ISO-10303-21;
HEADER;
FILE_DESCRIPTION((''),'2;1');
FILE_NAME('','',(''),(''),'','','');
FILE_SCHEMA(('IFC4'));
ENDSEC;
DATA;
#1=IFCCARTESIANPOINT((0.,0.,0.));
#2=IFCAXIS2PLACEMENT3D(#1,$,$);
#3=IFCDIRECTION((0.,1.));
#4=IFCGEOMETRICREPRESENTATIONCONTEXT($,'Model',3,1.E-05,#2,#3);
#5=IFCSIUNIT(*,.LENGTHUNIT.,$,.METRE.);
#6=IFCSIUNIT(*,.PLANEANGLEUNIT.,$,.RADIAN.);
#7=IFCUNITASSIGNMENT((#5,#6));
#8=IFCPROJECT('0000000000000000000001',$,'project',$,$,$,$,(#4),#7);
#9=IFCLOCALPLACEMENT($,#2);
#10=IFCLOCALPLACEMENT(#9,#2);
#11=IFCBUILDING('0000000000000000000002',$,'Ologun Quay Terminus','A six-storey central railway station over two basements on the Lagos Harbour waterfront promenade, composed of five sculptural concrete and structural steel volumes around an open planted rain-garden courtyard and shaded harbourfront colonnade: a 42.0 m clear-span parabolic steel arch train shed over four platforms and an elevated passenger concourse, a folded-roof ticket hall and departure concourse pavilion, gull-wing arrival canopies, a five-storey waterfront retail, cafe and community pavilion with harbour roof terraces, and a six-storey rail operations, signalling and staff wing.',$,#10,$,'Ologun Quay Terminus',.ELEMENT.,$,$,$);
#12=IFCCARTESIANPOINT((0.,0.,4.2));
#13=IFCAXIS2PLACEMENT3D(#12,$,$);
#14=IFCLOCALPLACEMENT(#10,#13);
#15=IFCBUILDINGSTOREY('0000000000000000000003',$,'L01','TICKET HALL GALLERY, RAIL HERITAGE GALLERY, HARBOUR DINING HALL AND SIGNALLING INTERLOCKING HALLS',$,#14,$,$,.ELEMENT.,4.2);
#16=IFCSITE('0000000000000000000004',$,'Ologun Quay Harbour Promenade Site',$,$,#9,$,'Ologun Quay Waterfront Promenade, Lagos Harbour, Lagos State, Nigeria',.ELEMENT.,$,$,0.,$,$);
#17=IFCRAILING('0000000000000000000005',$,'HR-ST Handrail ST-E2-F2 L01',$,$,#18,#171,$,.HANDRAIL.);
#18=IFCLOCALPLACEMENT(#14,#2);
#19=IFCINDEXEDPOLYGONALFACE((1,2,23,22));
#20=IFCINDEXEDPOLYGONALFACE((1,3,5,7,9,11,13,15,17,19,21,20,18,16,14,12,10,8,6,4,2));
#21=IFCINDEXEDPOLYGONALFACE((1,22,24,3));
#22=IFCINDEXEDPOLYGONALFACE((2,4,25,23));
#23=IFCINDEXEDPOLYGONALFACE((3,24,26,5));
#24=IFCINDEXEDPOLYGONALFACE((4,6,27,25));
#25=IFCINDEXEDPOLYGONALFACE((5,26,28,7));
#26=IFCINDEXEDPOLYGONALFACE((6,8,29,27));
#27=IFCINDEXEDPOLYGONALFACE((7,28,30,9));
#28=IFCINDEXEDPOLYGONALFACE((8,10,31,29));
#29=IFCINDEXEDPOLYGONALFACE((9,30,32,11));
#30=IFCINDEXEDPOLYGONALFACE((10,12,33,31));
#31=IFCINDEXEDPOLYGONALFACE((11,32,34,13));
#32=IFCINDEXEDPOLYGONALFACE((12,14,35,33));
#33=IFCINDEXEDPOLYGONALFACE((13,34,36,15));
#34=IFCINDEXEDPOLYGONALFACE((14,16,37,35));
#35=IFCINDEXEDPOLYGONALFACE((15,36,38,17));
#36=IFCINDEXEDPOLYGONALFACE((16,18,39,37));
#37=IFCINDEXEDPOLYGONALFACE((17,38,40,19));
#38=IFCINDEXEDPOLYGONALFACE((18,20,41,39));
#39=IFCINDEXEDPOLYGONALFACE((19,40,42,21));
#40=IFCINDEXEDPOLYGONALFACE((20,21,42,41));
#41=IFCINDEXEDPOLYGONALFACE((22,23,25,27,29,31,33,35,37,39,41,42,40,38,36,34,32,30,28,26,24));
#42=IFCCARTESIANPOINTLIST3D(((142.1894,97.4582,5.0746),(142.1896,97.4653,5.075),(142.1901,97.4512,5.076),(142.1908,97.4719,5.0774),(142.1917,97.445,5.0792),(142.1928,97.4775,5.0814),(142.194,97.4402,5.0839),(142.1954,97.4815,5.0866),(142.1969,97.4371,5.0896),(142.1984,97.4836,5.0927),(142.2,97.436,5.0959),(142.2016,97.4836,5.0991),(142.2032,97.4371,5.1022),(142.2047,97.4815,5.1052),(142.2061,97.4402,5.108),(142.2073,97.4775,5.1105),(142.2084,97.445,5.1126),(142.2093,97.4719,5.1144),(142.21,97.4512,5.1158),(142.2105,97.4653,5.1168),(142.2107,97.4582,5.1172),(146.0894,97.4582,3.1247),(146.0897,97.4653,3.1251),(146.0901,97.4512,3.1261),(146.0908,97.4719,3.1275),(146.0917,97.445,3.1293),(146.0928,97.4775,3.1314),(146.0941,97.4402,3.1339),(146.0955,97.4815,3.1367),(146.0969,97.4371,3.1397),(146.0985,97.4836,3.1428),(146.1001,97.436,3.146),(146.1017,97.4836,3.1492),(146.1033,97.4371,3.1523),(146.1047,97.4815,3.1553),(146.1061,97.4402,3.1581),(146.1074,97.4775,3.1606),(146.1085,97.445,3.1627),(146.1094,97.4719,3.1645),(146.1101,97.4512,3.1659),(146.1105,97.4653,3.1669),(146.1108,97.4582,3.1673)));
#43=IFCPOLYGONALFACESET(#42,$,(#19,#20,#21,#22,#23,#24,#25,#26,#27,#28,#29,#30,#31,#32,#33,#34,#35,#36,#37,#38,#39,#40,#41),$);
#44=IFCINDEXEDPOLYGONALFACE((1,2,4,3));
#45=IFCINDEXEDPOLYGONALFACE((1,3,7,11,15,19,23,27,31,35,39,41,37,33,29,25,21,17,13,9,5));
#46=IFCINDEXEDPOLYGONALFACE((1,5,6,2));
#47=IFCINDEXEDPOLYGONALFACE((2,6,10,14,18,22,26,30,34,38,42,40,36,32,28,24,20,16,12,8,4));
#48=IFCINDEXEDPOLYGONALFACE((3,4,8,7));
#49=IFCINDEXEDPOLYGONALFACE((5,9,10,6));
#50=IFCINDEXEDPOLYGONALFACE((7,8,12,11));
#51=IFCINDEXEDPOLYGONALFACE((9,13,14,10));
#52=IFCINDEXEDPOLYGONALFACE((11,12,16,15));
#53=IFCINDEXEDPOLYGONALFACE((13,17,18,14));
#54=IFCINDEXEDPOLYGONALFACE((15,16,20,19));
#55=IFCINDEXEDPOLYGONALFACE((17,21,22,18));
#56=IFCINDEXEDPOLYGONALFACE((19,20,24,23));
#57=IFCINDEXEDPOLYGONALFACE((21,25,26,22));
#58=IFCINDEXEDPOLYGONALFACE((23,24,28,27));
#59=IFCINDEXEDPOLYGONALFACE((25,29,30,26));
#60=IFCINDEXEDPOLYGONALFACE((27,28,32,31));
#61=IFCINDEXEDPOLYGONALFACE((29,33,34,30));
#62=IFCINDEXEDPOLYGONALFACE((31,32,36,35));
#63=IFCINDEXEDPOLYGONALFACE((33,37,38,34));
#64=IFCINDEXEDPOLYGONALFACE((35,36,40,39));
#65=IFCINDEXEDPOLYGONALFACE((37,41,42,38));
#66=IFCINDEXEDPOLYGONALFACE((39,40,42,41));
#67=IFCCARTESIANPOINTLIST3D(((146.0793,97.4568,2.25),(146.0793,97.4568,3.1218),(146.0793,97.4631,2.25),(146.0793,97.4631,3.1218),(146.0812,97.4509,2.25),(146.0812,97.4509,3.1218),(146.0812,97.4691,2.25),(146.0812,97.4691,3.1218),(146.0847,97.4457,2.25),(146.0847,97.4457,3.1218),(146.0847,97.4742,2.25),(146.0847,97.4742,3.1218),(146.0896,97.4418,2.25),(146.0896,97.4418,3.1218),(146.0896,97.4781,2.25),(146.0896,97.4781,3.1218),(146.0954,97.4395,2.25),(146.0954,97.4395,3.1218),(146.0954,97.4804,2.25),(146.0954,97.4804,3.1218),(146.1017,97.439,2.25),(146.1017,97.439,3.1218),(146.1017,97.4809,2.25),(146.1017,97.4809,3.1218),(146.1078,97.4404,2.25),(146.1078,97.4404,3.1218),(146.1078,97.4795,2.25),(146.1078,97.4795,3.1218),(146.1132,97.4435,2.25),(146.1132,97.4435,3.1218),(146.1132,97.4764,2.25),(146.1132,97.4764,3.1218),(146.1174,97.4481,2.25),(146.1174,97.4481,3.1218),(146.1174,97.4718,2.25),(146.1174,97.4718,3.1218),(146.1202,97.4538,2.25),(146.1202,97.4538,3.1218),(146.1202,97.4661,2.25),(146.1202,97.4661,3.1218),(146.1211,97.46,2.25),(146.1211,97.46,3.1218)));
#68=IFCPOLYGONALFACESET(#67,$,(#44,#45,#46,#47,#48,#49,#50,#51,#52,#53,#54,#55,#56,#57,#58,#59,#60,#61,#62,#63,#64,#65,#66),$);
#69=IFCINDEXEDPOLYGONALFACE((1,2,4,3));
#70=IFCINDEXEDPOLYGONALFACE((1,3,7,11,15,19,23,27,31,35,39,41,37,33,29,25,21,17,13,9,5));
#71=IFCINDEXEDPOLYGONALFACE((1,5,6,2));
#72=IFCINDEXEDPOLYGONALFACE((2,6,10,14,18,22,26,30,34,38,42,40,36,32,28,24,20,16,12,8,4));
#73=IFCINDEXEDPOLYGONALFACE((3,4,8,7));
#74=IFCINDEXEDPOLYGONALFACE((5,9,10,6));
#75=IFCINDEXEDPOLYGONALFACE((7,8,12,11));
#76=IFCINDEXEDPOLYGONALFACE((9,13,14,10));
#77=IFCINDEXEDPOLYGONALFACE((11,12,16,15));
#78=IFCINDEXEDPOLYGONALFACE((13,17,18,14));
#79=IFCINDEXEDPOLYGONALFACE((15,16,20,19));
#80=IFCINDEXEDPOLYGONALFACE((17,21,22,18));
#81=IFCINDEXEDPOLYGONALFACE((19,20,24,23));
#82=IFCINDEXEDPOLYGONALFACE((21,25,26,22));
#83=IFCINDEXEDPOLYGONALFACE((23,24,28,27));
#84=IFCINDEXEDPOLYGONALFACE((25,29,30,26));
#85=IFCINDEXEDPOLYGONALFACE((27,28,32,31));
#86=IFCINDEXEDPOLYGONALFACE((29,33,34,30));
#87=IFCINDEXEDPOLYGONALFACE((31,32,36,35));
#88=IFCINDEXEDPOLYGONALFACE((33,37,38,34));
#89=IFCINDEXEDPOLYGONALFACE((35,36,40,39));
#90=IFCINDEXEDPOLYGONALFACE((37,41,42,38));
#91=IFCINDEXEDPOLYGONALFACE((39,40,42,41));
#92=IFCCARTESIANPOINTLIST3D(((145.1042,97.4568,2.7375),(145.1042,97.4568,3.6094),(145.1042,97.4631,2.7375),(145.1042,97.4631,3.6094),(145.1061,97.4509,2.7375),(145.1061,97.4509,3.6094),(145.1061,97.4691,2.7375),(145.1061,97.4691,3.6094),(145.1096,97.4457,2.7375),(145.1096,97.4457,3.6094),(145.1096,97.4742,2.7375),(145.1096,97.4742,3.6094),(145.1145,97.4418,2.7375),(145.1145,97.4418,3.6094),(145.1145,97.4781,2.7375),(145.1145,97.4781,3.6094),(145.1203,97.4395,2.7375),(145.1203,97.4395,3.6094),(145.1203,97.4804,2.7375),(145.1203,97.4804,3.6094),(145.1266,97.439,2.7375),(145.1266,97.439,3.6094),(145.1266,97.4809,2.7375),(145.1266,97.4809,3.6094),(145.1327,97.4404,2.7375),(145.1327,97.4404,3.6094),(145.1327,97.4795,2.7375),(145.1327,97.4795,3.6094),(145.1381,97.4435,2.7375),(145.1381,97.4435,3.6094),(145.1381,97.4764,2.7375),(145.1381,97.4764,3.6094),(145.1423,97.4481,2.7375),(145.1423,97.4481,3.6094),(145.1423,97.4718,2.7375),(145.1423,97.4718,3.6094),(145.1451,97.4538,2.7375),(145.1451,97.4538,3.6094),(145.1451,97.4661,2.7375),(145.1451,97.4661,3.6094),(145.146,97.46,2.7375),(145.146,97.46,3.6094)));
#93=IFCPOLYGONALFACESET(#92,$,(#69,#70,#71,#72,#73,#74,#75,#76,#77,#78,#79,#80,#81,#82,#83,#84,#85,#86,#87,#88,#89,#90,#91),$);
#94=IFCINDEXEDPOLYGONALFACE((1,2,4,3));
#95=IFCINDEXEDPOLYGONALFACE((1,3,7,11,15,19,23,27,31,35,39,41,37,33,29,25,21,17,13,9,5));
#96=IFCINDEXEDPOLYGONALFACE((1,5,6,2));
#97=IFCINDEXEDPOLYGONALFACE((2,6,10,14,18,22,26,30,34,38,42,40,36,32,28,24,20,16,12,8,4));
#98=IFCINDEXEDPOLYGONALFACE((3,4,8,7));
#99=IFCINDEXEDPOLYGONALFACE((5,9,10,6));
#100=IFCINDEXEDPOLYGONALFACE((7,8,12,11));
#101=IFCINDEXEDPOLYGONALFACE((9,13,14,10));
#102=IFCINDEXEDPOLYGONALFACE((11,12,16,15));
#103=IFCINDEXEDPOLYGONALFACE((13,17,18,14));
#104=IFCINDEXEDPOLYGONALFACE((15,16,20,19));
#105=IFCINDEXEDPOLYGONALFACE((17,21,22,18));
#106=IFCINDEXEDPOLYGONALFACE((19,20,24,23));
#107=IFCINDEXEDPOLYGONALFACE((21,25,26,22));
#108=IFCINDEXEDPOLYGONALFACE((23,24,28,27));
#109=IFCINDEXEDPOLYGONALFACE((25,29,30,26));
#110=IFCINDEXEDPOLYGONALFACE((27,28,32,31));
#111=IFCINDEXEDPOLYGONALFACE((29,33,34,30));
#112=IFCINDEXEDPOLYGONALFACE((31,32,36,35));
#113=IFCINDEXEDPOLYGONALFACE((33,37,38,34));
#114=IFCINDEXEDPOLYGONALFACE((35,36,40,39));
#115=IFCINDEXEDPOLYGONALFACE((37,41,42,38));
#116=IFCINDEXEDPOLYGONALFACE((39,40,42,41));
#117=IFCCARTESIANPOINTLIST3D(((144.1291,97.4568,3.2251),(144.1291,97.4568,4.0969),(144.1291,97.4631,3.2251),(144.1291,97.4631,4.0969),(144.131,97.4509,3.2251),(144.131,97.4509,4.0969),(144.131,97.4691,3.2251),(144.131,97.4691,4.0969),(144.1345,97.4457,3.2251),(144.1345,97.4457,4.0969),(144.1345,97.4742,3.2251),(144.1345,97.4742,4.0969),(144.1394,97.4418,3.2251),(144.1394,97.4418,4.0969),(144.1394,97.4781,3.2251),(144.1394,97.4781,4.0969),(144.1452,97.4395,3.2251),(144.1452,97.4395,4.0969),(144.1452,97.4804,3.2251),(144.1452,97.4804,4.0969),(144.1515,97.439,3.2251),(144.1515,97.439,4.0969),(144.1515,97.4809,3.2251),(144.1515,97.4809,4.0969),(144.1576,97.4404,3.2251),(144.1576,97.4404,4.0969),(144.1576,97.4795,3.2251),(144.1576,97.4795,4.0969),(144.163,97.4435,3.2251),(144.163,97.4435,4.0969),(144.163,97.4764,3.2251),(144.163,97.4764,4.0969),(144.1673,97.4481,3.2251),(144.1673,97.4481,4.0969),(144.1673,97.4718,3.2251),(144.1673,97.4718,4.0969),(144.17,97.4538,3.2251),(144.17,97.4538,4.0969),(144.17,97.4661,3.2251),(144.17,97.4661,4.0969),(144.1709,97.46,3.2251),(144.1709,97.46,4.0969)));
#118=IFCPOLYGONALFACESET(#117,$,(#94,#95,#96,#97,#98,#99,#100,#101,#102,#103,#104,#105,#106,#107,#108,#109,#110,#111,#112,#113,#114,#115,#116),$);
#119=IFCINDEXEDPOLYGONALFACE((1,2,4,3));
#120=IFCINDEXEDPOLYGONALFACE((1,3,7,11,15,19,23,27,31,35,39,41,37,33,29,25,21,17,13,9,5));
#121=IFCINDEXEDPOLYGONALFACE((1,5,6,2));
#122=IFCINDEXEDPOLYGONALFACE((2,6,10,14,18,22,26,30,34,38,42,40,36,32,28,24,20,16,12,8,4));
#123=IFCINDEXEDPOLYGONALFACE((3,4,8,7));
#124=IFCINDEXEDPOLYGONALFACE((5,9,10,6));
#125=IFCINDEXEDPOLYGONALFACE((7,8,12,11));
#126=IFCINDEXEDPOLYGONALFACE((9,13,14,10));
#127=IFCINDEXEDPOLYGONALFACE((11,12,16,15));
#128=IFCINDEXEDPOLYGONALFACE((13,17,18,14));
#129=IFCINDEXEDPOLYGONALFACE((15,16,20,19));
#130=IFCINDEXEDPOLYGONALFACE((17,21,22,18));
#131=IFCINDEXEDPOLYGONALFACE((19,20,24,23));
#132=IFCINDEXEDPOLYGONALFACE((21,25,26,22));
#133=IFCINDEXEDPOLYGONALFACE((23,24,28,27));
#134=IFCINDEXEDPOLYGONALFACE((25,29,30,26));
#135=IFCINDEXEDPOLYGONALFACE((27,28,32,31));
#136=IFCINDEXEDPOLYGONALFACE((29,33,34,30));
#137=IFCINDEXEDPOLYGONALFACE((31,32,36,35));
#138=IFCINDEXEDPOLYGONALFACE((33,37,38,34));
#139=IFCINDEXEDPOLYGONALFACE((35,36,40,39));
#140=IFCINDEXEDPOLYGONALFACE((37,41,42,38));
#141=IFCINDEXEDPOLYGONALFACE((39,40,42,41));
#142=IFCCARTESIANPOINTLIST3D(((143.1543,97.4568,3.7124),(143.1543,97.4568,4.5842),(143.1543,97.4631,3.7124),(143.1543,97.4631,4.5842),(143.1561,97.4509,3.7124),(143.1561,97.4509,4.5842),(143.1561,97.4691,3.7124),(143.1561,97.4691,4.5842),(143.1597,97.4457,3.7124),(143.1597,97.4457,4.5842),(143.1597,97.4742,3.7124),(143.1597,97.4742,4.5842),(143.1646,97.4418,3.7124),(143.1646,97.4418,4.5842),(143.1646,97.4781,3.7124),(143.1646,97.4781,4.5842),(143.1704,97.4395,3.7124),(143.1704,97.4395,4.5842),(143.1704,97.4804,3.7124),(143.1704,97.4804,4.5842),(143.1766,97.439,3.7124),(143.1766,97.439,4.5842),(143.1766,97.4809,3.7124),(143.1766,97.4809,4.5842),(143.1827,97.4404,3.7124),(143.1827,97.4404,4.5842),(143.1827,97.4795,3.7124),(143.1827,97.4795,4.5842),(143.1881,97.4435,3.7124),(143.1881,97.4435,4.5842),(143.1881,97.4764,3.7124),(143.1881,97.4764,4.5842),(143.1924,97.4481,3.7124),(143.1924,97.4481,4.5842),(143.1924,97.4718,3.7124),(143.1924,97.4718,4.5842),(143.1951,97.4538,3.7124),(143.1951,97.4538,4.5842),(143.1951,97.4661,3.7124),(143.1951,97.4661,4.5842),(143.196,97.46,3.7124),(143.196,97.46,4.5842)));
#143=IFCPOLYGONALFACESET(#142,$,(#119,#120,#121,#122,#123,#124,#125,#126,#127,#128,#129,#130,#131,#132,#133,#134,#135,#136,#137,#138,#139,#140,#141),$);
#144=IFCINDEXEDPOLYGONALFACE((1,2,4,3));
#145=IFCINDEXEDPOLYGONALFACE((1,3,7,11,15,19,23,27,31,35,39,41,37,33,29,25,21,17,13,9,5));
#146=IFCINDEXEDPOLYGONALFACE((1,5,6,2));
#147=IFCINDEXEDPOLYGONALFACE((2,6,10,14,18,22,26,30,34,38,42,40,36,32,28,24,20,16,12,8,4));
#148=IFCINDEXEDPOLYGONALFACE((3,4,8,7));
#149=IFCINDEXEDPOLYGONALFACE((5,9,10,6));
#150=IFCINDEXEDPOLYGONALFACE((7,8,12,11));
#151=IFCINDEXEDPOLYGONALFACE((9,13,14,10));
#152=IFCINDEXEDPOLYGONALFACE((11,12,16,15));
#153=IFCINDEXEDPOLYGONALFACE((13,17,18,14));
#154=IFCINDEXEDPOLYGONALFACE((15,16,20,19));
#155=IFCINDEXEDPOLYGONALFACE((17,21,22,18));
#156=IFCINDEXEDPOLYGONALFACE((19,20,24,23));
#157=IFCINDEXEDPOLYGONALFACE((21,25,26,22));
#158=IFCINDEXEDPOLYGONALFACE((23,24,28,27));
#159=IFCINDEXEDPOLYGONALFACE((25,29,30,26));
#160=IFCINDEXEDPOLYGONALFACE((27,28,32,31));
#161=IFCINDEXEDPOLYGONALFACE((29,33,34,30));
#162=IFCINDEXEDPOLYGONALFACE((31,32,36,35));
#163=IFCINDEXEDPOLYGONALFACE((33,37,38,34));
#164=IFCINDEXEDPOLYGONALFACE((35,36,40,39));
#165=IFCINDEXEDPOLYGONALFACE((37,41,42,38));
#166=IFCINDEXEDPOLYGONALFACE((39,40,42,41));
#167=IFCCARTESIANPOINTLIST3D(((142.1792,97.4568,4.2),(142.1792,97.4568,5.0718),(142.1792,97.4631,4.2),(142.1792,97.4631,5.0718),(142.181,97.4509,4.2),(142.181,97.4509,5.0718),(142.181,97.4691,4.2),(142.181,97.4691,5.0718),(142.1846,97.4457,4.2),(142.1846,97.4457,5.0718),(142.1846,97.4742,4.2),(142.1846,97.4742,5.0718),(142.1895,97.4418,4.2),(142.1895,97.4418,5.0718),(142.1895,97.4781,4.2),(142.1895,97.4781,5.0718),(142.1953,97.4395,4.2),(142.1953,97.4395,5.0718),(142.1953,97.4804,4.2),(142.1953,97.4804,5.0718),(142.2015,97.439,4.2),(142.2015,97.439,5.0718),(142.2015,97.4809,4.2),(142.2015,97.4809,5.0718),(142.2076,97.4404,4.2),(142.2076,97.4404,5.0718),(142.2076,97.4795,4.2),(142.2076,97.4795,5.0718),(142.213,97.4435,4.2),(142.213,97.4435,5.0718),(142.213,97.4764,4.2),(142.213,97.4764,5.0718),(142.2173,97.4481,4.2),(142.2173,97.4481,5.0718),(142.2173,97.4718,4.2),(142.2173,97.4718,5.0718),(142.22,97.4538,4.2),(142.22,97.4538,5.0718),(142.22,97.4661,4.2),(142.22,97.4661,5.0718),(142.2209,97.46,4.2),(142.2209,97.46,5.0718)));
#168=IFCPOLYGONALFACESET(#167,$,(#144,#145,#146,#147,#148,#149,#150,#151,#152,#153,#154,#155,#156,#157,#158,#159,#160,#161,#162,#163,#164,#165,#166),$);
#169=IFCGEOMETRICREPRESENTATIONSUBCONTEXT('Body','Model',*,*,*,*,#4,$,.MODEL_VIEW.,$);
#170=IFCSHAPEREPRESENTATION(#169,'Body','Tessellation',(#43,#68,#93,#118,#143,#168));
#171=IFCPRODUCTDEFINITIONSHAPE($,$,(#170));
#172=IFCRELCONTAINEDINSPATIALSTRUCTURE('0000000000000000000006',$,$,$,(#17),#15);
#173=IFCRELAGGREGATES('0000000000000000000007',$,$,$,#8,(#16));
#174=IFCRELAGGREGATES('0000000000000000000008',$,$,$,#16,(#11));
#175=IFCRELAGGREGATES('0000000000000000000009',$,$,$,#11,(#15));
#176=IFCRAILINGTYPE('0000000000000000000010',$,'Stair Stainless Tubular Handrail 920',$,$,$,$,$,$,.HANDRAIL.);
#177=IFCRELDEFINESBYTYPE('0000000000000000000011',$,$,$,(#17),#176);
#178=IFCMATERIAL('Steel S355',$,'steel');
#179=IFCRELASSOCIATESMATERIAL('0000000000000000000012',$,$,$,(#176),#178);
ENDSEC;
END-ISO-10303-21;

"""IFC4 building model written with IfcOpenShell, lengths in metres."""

from ifc_helpers import new_model, si_unit, direction, frame, origin, origin_2d, place, context, subcontext, project, spatial, circle, extrude, material, type_object, element, save


model = new_model("IFC4")

# Units and contexts
model_context = context("Model", 3, precision=1e-05, world=origin(), true_north=direction((0.0, 1.0)))
body_context = subcontext(model_context, "Body", "Model", "MODEL_VIEW")
ifc_project = project(units=[si_unit("LENGTHUNIT", "METRE"), si_unit("PLANEANGLEUNIT", "RADIAN")], contexts=[model_context])

# Site, building, storey
site_placement = place(None, origin())
site = spatial("IfcSite", under=ifc_project, at=site_placement, Name="Ologun Quay Harbour Promenade Site", LongName="Ologun Quay Waterfront Promenade, Lagos Harbour, Lagos State, Nigeria", CompositionType="ELEMENT", RefElevation=0.0)
building_placement = place(site_placement, origin())
building = spatial("IfcBuilding", under=site, at=building_placement, Name="Ologun Quay Terminus", Description="A six-storey central railway station over two basements on the Lagos Harbour waterfront promenade, composed of five sculptural concrete and structural steel volumes around an open planted rain-garden courtyard and shaded harbourfront colonnade: a 42.0 m clear-span parabolic steel arch train shed over four platforms and an elevated passenger concourse, a folded-roof ticket hall and departure concourse pavilion, gull-wing arrival canopies, a five-storey waterfront retail, cafe and community pavilion with harbour roof terraces, and a six-storey rail operations, signalling and staff wing.", LongName="Ologun Quay Terminus", CompositionType="ELEMENT")
storey_placement = place(building_placement, frame((0.0, 0.0, 4.2)))
storey = spatial("IfcBuildingStorey", under=building, at=storey_placement, Name="L01", Description="TICKET HALL GALLERY, RAIL HERITAGE GALLERY, HARBOUR DINING HALL AND SIGNALLING INTERLOCKING HALLS", CompositionType="ELEMENT", Elevation=4.2)

# Railing
ifc_material_1 = material(Name="Steel S355", Category="steel")
railing_type_1 = type_object("IfcRailingType", Name="Stair Stainless Tubular Handrail 920", PredefinedType="HANDRAIL", material=ifc_material_1)
railing_1_placement = place(storey_placement, frame((146.1001, 97.46, 2.25)))
element("IfcRailing", 1, at=railing_1_placement, inside=storey, type_object=railing_type_1, Name="HR-ST Handrail ST-E2-F2 L01", PredefinedType="HANDRAIL", context=body_context, shape_type="SweptSolid", body=[
    extrude(circle(Radius=0.0239, at=origin_2d()), frame((0.0, 0.0, 0.896), z_axis=(-0.894438, 0.0, 0.447191), x_axis=(0.0, -1.0, 0.0)), (0.0, 0.0, 1.0), 4.3604),
    extrude(circle(Radius=0.021, at=origin_2d()), origin(), (0.0, 0.0, 1.0), 0.8718),
    extrude(circle(Radius=0.021, at=origin_2d()), frame((-0.9751, 0.0, 0.4875)), (0.0, 0.0, 1.0), 0.8718),
    extrude(circle(Radius=0.021, at=origin_2d()), frame((-1.9502, 0.0, 0.9751)), (0.0, 0.0, 1.0), 0.8718),
    extrude(circle(Radius=0.021, at=origin_2d()), frame((-2.925, 0.0, 1.4624)), (0.0, 0.0, 1.0), 0.8718),
    extrude(circle(Radius=0.021, at=origin_2d()), frame((-3.9001, 0.0, 1.95)), (0.0, 0.0, 1.0), 0.8718),
])

save(model, "model.ifc")
